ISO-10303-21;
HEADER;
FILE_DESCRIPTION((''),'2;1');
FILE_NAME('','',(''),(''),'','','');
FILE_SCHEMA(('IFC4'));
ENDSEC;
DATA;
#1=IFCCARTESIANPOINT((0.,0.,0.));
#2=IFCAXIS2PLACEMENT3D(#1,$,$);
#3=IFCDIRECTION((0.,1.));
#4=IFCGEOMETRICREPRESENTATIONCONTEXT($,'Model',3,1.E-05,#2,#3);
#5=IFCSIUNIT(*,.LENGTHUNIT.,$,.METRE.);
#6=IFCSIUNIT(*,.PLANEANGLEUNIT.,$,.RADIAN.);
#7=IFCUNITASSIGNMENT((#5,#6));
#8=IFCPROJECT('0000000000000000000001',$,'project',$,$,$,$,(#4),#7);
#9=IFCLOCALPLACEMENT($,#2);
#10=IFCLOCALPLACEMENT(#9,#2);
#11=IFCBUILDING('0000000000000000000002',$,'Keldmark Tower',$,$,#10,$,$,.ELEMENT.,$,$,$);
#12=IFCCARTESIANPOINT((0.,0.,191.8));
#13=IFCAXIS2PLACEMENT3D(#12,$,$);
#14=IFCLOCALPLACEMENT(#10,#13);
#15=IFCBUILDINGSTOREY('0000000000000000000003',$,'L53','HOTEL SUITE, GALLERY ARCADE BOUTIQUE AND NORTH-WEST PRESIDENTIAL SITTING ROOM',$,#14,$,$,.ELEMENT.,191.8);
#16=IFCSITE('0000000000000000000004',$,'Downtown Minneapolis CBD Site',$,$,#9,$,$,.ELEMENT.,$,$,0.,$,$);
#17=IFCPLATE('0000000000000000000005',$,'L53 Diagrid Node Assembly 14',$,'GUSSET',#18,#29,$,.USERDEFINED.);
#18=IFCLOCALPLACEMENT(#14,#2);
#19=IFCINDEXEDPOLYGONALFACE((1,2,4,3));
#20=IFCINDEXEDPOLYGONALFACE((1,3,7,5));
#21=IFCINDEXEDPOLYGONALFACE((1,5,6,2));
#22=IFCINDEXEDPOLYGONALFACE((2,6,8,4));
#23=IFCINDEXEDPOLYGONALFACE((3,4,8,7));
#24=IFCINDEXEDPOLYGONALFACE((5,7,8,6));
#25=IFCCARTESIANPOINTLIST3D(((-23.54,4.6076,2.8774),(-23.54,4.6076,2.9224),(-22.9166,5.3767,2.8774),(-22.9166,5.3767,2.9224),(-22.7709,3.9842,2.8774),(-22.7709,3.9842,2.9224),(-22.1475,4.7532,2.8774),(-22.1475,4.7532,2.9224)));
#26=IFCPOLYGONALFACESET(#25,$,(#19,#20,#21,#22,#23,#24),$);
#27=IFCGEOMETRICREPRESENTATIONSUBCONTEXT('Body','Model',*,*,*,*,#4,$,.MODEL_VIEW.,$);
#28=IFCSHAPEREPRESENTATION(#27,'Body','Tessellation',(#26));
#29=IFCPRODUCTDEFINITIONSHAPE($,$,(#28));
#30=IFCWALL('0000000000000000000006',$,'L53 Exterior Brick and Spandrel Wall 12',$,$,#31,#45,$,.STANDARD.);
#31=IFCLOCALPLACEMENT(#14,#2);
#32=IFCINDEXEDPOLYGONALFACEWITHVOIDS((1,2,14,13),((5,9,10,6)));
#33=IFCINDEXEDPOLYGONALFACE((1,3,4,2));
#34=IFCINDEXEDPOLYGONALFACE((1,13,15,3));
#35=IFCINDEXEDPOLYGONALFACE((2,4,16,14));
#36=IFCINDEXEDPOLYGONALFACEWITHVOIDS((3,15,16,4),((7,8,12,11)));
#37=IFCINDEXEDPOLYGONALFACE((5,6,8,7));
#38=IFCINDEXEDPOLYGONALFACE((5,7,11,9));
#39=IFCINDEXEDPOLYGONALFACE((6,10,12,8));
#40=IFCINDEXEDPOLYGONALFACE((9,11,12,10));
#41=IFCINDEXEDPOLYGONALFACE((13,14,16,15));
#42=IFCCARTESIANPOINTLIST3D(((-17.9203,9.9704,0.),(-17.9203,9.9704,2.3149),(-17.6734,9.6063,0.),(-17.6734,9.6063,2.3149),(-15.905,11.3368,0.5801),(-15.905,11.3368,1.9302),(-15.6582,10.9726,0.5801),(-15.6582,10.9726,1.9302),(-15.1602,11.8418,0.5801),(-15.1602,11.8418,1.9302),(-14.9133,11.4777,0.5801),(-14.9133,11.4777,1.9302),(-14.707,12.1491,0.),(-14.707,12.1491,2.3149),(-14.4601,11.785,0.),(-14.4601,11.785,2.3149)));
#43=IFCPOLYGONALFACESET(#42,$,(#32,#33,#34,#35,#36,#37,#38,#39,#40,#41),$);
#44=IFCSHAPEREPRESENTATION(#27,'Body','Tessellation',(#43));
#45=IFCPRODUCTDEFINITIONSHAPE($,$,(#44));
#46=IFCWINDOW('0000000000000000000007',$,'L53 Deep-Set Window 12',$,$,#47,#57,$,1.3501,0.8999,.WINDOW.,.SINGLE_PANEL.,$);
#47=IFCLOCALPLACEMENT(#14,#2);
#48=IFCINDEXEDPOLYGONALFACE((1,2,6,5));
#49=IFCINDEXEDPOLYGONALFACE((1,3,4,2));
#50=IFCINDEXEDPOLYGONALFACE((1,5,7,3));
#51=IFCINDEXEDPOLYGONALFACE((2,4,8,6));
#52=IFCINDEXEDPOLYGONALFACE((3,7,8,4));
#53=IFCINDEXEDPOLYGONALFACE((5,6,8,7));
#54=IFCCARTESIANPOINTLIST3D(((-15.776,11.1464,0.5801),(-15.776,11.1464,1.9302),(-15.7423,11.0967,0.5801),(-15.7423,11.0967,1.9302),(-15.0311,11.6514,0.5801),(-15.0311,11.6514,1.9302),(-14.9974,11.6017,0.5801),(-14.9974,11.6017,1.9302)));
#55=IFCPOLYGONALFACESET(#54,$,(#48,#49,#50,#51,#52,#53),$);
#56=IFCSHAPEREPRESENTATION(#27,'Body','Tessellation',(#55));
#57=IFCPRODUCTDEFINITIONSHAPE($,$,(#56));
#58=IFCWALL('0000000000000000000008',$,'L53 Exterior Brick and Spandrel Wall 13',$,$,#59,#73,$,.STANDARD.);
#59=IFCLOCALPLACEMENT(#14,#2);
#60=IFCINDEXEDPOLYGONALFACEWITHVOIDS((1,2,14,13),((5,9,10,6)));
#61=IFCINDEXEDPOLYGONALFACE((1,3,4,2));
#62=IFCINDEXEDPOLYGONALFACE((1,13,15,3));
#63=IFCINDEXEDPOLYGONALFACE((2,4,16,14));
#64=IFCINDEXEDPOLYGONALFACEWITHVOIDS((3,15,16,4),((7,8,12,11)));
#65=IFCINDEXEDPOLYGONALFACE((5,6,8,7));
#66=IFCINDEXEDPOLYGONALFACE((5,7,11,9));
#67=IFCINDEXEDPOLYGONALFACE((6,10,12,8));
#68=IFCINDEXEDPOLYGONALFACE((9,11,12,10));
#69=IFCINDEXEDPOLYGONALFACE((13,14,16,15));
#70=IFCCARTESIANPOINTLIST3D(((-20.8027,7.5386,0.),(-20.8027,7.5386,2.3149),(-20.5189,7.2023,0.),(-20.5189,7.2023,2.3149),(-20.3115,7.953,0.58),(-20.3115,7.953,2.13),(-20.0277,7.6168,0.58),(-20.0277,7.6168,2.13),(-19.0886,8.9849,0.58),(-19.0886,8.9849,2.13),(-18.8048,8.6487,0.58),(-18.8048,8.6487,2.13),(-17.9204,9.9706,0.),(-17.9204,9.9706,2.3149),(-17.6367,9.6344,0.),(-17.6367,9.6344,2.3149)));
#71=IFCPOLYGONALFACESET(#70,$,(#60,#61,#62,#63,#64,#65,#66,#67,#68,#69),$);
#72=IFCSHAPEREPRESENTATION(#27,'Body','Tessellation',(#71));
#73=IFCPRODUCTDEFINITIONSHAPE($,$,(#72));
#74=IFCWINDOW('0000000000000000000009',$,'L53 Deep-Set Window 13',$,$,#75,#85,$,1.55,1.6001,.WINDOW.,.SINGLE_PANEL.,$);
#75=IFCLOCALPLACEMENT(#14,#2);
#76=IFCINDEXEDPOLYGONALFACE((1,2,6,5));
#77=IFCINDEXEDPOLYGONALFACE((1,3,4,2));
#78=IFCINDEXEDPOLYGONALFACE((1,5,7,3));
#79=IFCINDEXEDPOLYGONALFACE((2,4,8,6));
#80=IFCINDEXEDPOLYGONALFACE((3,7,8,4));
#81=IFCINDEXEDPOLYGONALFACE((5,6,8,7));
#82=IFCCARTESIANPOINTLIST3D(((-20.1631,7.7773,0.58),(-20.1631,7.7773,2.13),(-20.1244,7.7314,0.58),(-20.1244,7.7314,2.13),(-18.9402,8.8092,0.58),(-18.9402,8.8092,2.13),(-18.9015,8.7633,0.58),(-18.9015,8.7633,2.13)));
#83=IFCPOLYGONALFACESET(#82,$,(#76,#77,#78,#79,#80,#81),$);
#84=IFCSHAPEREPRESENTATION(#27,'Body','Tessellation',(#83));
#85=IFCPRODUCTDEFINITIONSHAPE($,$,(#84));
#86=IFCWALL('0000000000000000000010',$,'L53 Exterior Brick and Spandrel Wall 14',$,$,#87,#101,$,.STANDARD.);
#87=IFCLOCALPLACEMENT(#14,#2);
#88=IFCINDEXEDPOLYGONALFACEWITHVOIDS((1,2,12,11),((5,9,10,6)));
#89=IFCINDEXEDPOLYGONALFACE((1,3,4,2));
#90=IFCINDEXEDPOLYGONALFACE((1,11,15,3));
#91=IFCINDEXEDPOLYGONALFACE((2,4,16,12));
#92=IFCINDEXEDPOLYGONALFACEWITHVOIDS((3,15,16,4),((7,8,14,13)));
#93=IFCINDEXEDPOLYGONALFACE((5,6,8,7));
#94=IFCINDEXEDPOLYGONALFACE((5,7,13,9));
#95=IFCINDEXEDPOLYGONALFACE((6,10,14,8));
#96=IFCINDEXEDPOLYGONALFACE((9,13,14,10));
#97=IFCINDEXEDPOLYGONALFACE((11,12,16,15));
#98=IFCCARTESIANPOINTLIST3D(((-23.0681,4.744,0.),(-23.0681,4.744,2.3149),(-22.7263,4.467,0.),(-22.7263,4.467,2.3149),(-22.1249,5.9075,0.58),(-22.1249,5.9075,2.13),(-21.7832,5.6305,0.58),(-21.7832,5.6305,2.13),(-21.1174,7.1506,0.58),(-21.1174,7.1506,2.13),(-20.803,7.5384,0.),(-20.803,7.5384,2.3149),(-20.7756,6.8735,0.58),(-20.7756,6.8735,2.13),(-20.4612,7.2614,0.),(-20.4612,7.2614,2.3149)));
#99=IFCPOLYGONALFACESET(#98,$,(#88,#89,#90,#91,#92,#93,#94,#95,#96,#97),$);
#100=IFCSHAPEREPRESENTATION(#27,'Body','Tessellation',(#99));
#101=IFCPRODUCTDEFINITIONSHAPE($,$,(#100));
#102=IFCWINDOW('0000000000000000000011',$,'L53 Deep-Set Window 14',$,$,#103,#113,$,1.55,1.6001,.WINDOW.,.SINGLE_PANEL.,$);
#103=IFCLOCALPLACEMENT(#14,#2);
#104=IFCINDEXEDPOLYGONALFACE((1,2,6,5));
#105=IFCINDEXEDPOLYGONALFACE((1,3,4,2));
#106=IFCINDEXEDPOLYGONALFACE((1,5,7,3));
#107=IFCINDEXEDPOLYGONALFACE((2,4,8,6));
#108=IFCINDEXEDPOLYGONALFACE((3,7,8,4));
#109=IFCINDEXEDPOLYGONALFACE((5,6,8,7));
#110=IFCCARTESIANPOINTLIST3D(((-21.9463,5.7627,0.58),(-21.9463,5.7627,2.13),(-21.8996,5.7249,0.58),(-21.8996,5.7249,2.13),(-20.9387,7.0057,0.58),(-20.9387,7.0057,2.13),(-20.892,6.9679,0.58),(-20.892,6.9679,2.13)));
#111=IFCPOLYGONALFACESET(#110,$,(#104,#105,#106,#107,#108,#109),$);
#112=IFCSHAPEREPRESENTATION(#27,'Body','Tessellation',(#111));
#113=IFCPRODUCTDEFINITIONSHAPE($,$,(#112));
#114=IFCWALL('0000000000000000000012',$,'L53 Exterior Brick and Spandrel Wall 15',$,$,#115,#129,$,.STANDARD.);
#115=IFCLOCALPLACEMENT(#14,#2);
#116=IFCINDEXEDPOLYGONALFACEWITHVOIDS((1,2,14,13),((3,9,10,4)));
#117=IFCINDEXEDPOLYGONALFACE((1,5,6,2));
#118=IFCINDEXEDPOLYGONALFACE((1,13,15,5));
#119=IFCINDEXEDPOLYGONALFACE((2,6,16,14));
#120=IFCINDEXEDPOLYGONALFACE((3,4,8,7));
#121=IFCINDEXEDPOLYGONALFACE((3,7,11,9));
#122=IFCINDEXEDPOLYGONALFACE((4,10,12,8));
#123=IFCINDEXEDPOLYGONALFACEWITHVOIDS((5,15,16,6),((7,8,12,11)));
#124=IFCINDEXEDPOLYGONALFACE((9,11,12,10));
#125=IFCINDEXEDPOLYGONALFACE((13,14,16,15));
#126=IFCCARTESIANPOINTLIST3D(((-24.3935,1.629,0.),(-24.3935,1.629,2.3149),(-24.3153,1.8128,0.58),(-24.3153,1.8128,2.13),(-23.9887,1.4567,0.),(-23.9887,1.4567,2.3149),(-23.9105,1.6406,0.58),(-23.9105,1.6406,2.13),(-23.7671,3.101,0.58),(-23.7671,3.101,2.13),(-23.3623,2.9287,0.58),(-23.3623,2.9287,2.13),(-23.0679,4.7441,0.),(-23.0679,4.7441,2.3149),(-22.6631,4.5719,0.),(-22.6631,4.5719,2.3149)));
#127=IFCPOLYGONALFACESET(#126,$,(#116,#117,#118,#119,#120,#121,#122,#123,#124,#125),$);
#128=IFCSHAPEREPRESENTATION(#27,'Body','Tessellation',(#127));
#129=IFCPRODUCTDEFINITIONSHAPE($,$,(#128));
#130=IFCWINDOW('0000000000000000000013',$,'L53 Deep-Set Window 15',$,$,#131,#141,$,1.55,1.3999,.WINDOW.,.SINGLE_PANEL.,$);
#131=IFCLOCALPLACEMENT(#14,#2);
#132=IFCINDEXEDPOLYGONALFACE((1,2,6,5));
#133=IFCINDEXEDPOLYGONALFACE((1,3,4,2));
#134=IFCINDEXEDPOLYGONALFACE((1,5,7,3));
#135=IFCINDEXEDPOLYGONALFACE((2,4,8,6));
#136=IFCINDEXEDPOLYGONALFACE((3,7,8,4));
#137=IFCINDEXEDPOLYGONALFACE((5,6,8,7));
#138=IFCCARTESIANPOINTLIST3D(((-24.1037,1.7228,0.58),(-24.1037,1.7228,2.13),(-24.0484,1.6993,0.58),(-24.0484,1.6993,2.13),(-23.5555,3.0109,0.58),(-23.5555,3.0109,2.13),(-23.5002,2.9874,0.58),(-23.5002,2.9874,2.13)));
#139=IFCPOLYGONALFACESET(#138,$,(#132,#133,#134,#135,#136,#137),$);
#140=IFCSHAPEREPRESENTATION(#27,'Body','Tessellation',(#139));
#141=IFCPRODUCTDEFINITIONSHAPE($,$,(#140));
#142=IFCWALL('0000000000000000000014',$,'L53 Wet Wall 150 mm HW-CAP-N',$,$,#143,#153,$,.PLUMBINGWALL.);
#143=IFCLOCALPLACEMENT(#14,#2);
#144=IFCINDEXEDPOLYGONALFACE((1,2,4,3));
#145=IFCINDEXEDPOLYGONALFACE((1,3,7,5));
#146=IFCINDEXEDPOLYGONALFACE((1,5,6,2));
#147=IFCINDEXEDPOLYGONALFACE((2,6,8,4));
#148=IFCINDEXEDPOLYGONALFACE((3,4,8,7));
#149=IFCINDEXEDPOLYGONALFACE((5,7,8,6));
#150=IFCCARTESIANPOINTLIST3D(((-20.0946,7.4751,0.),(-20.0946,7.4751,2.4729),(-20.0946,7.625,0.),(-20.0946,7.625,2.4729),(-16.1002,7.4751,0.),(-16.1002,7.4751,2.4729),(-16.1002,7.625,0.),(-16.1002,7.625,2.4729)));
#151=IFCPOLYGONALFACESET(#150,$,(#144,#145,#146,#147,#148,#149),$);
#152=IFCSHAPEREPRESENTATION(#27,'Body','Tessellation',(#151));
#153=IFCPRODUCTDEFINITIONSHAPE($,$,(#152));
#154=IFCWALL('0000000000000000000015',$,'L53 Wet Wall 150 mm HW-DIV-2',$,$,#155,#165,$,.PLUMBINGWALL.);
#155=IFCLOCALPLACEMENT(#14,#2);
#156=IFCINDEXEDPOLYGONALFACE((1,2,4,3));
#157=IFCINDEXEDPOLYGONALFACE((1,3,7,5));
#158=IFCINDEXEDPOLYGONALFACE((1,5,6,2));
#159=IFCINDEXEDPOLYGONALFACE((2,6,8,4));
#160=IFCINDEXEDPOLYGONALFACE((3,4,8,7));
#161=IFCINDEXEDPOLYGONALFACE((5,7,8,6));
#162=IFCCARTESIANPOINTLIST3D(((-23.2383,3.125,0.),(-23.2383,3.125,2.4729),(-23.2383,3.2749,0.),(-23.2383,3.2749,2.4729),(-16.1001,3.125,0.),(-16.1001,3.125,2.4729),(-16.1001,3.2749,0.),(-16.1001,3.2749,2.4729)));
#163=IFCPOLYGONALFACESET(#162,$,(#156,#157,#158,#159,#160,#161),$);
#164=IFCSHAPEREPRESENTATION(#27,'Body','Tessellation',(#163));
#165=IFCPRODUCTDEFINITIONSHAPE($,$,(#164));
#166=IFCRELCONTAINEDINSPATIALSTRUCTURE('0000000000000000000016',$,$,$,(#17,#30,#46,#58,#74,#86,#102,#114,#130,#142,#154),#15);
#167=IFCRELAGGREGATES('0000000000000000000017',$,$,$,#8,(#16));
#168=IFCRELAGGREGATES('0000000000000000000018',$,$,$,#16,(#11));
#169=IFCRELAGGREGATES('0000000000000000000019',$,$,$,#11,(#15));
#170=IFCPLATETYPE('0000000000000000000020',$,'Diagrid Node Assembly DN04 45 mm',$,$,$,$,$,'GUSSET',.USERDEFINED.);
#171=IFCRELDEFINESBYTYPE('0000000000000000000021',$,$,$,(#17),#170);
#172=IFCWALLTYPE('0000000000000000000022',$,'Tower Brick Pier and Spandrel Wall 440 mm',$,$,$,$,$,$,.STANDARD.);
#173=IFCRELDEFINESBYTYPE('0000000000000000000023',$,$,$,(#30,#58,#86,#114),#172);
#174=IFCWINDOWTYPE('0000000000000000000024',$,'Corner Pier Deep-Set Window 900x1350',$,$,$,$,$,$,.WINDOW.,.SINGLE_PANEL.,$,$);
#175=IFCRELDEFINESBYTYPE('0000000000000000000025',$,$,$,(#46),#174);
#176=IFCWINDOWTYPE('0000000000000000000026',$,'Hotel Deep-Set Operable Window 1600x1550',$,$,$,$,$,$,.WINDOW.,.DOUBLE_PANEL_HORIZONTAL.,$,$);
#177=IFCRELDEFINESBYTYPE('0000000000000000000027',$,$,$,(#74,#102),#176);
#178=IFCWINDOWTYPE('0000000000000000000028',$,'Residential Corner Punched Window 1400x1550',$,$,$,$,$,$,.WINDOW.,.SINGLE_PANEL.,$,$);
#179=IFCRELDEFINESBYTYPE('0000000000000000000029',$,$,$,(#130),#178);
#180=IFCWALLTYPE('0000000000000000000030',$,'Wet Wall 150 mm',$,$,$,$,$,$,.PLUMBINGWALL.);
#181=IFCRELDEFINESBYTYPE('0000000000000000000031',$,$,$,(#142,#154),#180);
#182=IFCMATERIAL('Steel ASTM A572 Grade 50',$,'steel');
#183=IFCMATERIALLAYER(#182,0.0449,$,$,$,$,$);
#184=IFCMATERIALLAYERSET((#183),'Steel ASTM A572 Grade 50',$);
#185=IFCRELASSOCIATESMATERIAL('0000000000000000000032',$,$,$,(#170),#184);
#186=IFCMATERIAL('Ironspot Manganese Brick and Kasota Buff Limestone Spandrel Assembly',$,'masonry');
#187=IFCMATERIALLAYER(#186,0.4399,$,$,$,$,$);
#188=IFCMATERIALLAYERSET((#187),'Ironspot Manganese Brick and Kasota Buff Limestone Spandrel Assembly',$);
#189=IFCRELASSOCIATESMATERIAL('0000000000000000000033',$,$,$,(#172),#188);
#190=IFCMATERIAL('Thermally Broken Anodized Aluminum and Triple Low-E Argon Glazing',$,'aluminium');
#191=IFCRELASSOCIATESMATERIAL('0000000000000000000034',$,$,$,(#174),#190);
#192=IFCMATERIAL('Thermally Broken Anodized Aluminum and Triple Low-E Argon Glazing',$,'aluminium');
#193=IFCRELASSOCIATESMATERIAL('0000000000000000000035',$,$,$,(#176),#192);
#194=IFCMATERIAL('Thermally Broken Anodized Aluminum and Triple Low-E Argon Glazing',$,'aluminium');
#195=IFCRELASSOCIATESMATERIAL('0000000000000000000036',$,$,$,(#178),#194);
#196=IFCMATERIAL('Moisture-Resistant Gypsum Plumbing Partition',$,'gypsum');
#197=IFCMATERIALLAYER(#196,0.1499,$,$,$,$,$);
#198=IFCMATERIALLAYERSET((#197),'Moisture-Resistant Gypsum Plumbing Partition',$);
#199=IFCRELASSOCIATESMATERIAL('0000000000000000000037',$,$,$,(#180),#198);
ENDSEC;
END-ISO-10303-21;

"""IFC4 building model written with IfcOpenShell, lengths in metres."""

from ifc_helpers import new_model, si_unit, direction, frame, frame_2d, origin, origin_2d, place, context, subcontext, project, spatial, rectangle, extrude, material, layer, layer_set, type_object, element, fill, save


model = new_model("IFC4")

# Units and contexts
model_context = context("Model", 3, precision=1e-05, world=origin(), true_north=direction((0.0, 1.0)))
body_context = subcontext(model_context, "Body", "Model", "MODEL_VIEW")
ifc_project = project(units=[si_unit("LENGTHUNIT", "METRE"), si_unit("PLANEANGLEUNIT", "RADIAN")], contexts=[model_context])

# Site, building, storey
site_placement = place(None, origin())
site = spatial("IfcSite", under=ifc_project, at=site_placement, Name="Downtown Minneapolis CBD Site", CompositionType="ELEMENT", RefElevation=0.0)
building_placement = place(site_placement, origin())
building = spatial("IfcBuilding", under=site, at=building_placement, Name="Keldmark Tower", CompositionType="ELEMENT")
storey_placement = place(building_placement, frame((0.0, 0.0, 191.8)))
storey = spatial("IfcBuildingStorey", under=building, at=storey_placement, Name="L53", Description="HOTEL SUITE, GALLERY ARCADE BOUTIQUE AND NORTH-WEST PRESIDENTIAL SITTING ROOM", CompositionType="ELEMENT", Elevation=191.8)

# Plate
ifc_material_1 = material(Name="Steel ASTM A572 Grade 50", Category="steel")
ifc_layer_1 = layer(ifc_material_1, 0.0449)
ifc_layer_set_1 = layer_set([ifc_layer_1], Name="Steel ASTM A572 Grade 50")
plate_type = type_object("IfcPlateType", Name="Diagrid Node Assembly DN04 45 mm", ElementType="GUSSET", PredefinedType="USERDEFINED", material=ifc_layer_set_1)
for number, where, z_axis, x_axis, name in (
    (1, (-22.8438, 4.6804, 2.8774), (0.0, 0.0, 1.0), (-0.629727, -0.776816, 0.0), "L53 Diagrid Node Assembly 14"),
):
    element("IfcPlate", number, at=place(storey_placement, frame(where, z_axis=z_axis, x_axis=x_axis)), inside=storey, type_object=plate_type, Name=name, ObjectType="GUSSET", PredefinedType="USERDEFINED", context=body_context, shape_type="SweptSolid", body=[
        extrude(rectangle(XDim=0.99, YDim=0.99, at=origin_2d()), origin(), (0.0, 0.0, 1.0), 0.0449),
    ])

# Walls, openings, windows
ifc_material_2 = material(Name="Ironspot Manganese Brick and Kasota Buff Limestone Spandrel Assembly", Category="masonry")
ifc_layer_2 = layer(ifc_material_2, 0.4399)
ifc_layer_set_2 = layer_set([ifc_layer_2], Name="Ironspot Manganese Brick and Kasota Buff Limestone Spandrel Assembly")
wall_type_1 = type_object("IfcWallType", Name="Tower Brick Pier and Spandrel Wall 440 mm", PredefinedType="STANDARD", material=ifc_layer_set_2)
wall_1_placement = place(storey_placement, frame((-17.7969, 9.7883, 0.0), z_axis=(0.0, 0.0, 1.0), x_axis=(0.827691, 0.561185, 0.0)))
wall_1 = element("IfcWall", 2, at=wall_1_placement, inside=storey, type_object=wall_type_1, Name="L53 Exterior Brick and Spandrel Wall 12", PredefinedType="STANDARD", context=body_context, shape_type="SweptSolid", body=[
    extrude(rectangle(XDim=3.8823, YDim=0.4399, at=frame_2d((1.9412, 0.0))), origin(), (0.0, 0.0, 1.0), 2.3149),
])
opening_1_placement = place(wall_1_placement, frame((2.4348, 0.0, 0.5801)))
opening_1 = element("IfcOpeningElement", 3, at=opening_1_placement, cuts=wall_1, PredefinedType="OPENING", context=body_context, shape_type="SweptSolid", body=[
    extrude(rectangle(XDim=0.8999, YDim=1.3501, at=frame_2d((0.45, 0.675))), frame((0.0, 0.23, 0.0), z_axis=(0.0, -1.0, 0.0), x_axis=(1.0, 0.0, 0.0)), (0.0, 0.0, 1.0), 0.46),
])
ifc_material_3 = material(Name="Thermally Broken Anodized Aluminum and Triple Low-E Argon Glazing", Category="aluminium")
window_type_1 = type_object("IfcWindowType", Name="Corner Pier Deep-Set Window 900x1350", PartitioningType="SINGLE_PANEL", PredefinedType="WINDOW", material=ifc_material_3)
window_1_placement = place(opening_1_placement, origin())
window_1 = element("IfcWindow", 4, at=window_1_placement, inside=storey, type_object=window_type_1, Name="L53 Deep-Set Window 12", OverallHeight=1.3501, OverallWidth=0.8999, PartitioningType="SINGLE_PANEL", PredefinedType="WINDOW", context=body_context, shape_type="SweptSolid", body=[
    extrude(rectangle(XDim=0.8999, YDim=1.3501, at=frame_2d((0.45, 0.675))), frame((0.0, -0.01, 0.0), z_axis=(0.0, -1.0, 0.0), x_axis=(1.0, 0.0, 0.0)), (0.0, 0.0, 1.0), 0.0601),
])
fill(opening_1, window_1)
wall_2_placement = place(storey_placement, frame((-20.6609, 7.3704, 0.0), z_axis=(0.0, 0.0, 1.0), x_axis=(0.76427, 0.644897, 0.0)))
wall_2 = element("IfcWall", 5, at=wall_2_placement, inside=storey, type_object=wall_type_1, Name="L53 Exterior Brick and Spandrel Wall 13", PredefinedType="STANDARD", context=body_context, shape_type="SweptSolid", body=[
    extrude(rectangle(XDim=3.7712, YDim=0.4399, at=frame_2d((1.8857, 0.0))), origin(), (0.0, 0.0, 1.0), 2.3149),
])
opening_2_placement = place(wall_2_placement, frame((0.6428, 0.0, 0.5801)))
opening_2 = element("IfcOpeningElement", 6, at=opening_2_placement, cuts=wall_2, PredefinedType="OPENING", context=body_context, shape_type="SweptSolid", body=[
    extrude(rectangle(XDim=1.6001, YDim=1.55, at=frame_2d((0.8, 0.7749))), frame((0.0, 0.23, 0.0), z_axis=(0.0, -1.0, 0.0), x_axis=(1.0, 0.0, 0.0)), (0.0, 0.0, 1.0), 0.46),
])
ifc_material_4 = material(Name="Thermally Broken Anodized Aluminum and Triple Low-E Argon Glazing", Category="aluminium")
window_type_2 = type_object("IfcWindowType", Name="Hotel Deep-Set Operable Window 1600x1550", PartitioningType="DOUBLE_PANEL_HORIZONTAL", PredefinedType="WINDOW", material=ifc_material_4)
window_2_placement = place(opening_2_placement, origin())
window_2 = element("IfcWindow", 7, at=window_2_placement, inside=storey, type_object=window_type_2, Name="L53 Deep-Set Window 13", OverallHeight=1.55, OverallWidth=1.6001, PartitioningType="SINGLE_PANEL", PredefinedType="WINDOW", context=body_context, shape_type="SweptSolid", body=[
    extrude(rectangle(XDim=1.6001, YDim=1.55, at=frame_2d((0.8, 0.7749))), frame((0.0, -0.01, 0.0), z_axis=(0.0, -1.0, 0.0), x_axis=(1.0, 0.0, 0.0)), (0.0, 0.0, 1.0), 0.0601),
])
fill(opening_2, window_2)
wall_3_placement = place(storey_placement, frame((-22.8972, 4.6055, 0.0), z_axis=(0.0, 0.0, 1.0), x_axis=(0.629698, 0.77684, 0.0)))
wall_3 = element("IfcWall", 8, at=wall_3_placement, inside=storey, type_object=wall_type_1, Name="L53 Exterior Brick and Spandrel Wall 14", PredefinedType="STANDARD", context=body_context, shape_type="SweptSolid", body=[
    extrude(rectangle(XDim=3.5972, YDim=0.4399, at=frame_2d((1.7986, 0.0))), origin(), (0.0, 0.0, 1.0), 2.3149),
])
opening_3_placement = place(wall_3_placement, frame((1.4978, 0.0, 0.5801)))
opening_3 = element("IfcOpeningElement", 9, at=opening_3_placement, cuts=wall_3, PredefinedType="OPENING", context=body_context, shape_type="SweptSolid", body=[
    extrude(rectangle(XDim=1.6001, YDim=1.55, at=frame_2d((0.8, 0.7749))), frame((0.0, 0.23, 0.0), z_axis=(0.0, -1.0, 0.0), x_axis=(1.0, 0.0, 0.0)), (0.0, 0.0, 1.0), 0.46),
])
window_3_placement = place(opening_3_placement, origin())
window_3 = element("IfcWindow", 10, at=window_3_placement, inside=storey, type_object=window_type_2, Name="L53 Deep-Set Window 14", OverallHeight=1.55, OverallWidth=1.6001, PartitioningType="SINGLE_PANEL", PredefinedType="WINDOW", context=body_context, shape_type="SweptSolid", body=[
    extrude(rectangle(XDim=1.6001, YDim=1.55, at=frame_2d((0.8, 0.7749))), frame((0.0, -0.01, 0.0), z_axis=(0.0, -1.0, 0.0), x_axis=(1.0, 0.0, 0.0)), (0.0, 0.0, 1.0), 0.0601),
])
fill(opening_3, window_3)
wall_4_placement = place(storey_placement, frame((-24.1912, 1.5427, 0.0), z_axis=(0.0, 0.0, 1.0), x_axis=(0.391568, 0.920149, 0.0)))
wall_4 = element("IfcWall", 11, at=wall_4_placement, inside=storey, type_object=wall_type_1, Name="L53 Exterior Brick and Spandrel Wall 15", PredefinedType="STANDARD", context=body_context, shape_type="SweptSolid", body=[
    extrude(rectangle(XDim=3.3855, YDim=0.4399, at=frame_2d((1.6929, 0.0))), origin(), (0.0, 0.0, 1.0), 2.3149),
])
opening_4_placement = place(wall_4_placement, frame((0.2, 0.0, 0.5801)))
opening_4 = element("IfcOpeningElement", 12, at=opening_4_placement, cuts=wall_4, PredefinedType="OPENING", context=body_context, shape_type="SweptSolid", body=[
    extrude(rectangle(XDim=1.3999, YDim=1.55, at=frame_2d((0.7, 0.7749))), frame((0.0, 0.23, 0.0), z_axis=(0.0, -1.0, 0.0), x_axis=(1.0, 0.0, 0.0)), (0.0, 0.0, 1.0), 0.46),
])
ifc_material_5 = material(Name="Thermally Broken Anodized Aluminum and Triple Low-E Argon Glazing", Category="aluminium")
window_type_3 = type_object("IfcWindowType", Name="Residential Corner Punched Window 1400x1550", PartitioningType="SINGLE_PANEL", PredefinedType="WINDOW", material=ifc_material_5)
window_4_placement = place(opening_4_placement, origin())
window_4 = element("IfcWindow", 13, at=window_4_placement, inside=storey, type_object=window_type_3, Name="L53 Deep-Set Window 15", OverallHeight=1.55, OverallWidth=1.3999, PartitioningType="SINGLE_PANEL", PredefinedType="WINDOW", context=body_context, shape_type="SweptSolid", body=[
    extrude(rectangle(XDim=1.3999, YDim=1.55, at=frame_2d((0.7, 0.7749))), frame((0.0, -0.01, 0.0), z_axis=(0.0, -1.0, 0.0), x_axis=(1.0, 0.0, 0.0)), (0.0, 0.0, 1.0), 0.0601),
])
fill(opening_4, window_4)

# Walls
ifc_material_6 = material(Name="Moisture-Resistant Gypsum Plumbing Partition", Category="gypsum")
ifc_layer_3 = layer(ifc_material_6, 0.1499)
ifc_layer_set_3 = layer_set([ifc_layer_3], Name="Moisture-Resistant Gypsum Plumbing Partition")
wall_type_2 = type_object("IfcWallType", Name="Wet Wall 150 mm", PredefinedType="PLUMBINGWALL", material=ifc_layer_set_3)
wall_5_placement = place(storey_placement, frame((-20.0945, 7.55, 0.0), z_axis=(0.0, 0.0, 1.0), x_axis=(1.0, 0.0, 0.0)))
element("IfcWall", 14, at=wall_5_placement, inside=storey, type_object=wall_type_2, Name="L53 Wet Wall 150 mm HW-CAP-N", PredefinedType="PLUMBINGWALL", context=body_context, shape_type="SweptSolid", body=[
    extrude(rectangle(XDim=3.9944, YDim=0.1499, at=frame_2d((1.9971, 0.0))), origin(), (0.0, 0.0, 1.0), 2.4729),
])
wall_6_placement = place(storey_placement, frame((-23.2383, 3.2, 0.0), z_axis=(0.0, 0.0, 1.0), x_axis=(1.0, 0.0, 0.0)))
element("IfcWall", 15, at=wall_6_placement, inside=storey, type_object=wall_type_2, Name="L53 Wet Wall 150 mm HW-DIV-2", PredefinedType="PLUMBINGWALL", context=body_context, shape_type="SweptSolid", body=[
    extrude(rectangle(XDim=7.1382, YDim=0.1499, at=frame_2d((3.5691, 0.0))), origin(), (0.0, 0.0, 1.0), 2.4729),
])

save(model, "model.ifc")
